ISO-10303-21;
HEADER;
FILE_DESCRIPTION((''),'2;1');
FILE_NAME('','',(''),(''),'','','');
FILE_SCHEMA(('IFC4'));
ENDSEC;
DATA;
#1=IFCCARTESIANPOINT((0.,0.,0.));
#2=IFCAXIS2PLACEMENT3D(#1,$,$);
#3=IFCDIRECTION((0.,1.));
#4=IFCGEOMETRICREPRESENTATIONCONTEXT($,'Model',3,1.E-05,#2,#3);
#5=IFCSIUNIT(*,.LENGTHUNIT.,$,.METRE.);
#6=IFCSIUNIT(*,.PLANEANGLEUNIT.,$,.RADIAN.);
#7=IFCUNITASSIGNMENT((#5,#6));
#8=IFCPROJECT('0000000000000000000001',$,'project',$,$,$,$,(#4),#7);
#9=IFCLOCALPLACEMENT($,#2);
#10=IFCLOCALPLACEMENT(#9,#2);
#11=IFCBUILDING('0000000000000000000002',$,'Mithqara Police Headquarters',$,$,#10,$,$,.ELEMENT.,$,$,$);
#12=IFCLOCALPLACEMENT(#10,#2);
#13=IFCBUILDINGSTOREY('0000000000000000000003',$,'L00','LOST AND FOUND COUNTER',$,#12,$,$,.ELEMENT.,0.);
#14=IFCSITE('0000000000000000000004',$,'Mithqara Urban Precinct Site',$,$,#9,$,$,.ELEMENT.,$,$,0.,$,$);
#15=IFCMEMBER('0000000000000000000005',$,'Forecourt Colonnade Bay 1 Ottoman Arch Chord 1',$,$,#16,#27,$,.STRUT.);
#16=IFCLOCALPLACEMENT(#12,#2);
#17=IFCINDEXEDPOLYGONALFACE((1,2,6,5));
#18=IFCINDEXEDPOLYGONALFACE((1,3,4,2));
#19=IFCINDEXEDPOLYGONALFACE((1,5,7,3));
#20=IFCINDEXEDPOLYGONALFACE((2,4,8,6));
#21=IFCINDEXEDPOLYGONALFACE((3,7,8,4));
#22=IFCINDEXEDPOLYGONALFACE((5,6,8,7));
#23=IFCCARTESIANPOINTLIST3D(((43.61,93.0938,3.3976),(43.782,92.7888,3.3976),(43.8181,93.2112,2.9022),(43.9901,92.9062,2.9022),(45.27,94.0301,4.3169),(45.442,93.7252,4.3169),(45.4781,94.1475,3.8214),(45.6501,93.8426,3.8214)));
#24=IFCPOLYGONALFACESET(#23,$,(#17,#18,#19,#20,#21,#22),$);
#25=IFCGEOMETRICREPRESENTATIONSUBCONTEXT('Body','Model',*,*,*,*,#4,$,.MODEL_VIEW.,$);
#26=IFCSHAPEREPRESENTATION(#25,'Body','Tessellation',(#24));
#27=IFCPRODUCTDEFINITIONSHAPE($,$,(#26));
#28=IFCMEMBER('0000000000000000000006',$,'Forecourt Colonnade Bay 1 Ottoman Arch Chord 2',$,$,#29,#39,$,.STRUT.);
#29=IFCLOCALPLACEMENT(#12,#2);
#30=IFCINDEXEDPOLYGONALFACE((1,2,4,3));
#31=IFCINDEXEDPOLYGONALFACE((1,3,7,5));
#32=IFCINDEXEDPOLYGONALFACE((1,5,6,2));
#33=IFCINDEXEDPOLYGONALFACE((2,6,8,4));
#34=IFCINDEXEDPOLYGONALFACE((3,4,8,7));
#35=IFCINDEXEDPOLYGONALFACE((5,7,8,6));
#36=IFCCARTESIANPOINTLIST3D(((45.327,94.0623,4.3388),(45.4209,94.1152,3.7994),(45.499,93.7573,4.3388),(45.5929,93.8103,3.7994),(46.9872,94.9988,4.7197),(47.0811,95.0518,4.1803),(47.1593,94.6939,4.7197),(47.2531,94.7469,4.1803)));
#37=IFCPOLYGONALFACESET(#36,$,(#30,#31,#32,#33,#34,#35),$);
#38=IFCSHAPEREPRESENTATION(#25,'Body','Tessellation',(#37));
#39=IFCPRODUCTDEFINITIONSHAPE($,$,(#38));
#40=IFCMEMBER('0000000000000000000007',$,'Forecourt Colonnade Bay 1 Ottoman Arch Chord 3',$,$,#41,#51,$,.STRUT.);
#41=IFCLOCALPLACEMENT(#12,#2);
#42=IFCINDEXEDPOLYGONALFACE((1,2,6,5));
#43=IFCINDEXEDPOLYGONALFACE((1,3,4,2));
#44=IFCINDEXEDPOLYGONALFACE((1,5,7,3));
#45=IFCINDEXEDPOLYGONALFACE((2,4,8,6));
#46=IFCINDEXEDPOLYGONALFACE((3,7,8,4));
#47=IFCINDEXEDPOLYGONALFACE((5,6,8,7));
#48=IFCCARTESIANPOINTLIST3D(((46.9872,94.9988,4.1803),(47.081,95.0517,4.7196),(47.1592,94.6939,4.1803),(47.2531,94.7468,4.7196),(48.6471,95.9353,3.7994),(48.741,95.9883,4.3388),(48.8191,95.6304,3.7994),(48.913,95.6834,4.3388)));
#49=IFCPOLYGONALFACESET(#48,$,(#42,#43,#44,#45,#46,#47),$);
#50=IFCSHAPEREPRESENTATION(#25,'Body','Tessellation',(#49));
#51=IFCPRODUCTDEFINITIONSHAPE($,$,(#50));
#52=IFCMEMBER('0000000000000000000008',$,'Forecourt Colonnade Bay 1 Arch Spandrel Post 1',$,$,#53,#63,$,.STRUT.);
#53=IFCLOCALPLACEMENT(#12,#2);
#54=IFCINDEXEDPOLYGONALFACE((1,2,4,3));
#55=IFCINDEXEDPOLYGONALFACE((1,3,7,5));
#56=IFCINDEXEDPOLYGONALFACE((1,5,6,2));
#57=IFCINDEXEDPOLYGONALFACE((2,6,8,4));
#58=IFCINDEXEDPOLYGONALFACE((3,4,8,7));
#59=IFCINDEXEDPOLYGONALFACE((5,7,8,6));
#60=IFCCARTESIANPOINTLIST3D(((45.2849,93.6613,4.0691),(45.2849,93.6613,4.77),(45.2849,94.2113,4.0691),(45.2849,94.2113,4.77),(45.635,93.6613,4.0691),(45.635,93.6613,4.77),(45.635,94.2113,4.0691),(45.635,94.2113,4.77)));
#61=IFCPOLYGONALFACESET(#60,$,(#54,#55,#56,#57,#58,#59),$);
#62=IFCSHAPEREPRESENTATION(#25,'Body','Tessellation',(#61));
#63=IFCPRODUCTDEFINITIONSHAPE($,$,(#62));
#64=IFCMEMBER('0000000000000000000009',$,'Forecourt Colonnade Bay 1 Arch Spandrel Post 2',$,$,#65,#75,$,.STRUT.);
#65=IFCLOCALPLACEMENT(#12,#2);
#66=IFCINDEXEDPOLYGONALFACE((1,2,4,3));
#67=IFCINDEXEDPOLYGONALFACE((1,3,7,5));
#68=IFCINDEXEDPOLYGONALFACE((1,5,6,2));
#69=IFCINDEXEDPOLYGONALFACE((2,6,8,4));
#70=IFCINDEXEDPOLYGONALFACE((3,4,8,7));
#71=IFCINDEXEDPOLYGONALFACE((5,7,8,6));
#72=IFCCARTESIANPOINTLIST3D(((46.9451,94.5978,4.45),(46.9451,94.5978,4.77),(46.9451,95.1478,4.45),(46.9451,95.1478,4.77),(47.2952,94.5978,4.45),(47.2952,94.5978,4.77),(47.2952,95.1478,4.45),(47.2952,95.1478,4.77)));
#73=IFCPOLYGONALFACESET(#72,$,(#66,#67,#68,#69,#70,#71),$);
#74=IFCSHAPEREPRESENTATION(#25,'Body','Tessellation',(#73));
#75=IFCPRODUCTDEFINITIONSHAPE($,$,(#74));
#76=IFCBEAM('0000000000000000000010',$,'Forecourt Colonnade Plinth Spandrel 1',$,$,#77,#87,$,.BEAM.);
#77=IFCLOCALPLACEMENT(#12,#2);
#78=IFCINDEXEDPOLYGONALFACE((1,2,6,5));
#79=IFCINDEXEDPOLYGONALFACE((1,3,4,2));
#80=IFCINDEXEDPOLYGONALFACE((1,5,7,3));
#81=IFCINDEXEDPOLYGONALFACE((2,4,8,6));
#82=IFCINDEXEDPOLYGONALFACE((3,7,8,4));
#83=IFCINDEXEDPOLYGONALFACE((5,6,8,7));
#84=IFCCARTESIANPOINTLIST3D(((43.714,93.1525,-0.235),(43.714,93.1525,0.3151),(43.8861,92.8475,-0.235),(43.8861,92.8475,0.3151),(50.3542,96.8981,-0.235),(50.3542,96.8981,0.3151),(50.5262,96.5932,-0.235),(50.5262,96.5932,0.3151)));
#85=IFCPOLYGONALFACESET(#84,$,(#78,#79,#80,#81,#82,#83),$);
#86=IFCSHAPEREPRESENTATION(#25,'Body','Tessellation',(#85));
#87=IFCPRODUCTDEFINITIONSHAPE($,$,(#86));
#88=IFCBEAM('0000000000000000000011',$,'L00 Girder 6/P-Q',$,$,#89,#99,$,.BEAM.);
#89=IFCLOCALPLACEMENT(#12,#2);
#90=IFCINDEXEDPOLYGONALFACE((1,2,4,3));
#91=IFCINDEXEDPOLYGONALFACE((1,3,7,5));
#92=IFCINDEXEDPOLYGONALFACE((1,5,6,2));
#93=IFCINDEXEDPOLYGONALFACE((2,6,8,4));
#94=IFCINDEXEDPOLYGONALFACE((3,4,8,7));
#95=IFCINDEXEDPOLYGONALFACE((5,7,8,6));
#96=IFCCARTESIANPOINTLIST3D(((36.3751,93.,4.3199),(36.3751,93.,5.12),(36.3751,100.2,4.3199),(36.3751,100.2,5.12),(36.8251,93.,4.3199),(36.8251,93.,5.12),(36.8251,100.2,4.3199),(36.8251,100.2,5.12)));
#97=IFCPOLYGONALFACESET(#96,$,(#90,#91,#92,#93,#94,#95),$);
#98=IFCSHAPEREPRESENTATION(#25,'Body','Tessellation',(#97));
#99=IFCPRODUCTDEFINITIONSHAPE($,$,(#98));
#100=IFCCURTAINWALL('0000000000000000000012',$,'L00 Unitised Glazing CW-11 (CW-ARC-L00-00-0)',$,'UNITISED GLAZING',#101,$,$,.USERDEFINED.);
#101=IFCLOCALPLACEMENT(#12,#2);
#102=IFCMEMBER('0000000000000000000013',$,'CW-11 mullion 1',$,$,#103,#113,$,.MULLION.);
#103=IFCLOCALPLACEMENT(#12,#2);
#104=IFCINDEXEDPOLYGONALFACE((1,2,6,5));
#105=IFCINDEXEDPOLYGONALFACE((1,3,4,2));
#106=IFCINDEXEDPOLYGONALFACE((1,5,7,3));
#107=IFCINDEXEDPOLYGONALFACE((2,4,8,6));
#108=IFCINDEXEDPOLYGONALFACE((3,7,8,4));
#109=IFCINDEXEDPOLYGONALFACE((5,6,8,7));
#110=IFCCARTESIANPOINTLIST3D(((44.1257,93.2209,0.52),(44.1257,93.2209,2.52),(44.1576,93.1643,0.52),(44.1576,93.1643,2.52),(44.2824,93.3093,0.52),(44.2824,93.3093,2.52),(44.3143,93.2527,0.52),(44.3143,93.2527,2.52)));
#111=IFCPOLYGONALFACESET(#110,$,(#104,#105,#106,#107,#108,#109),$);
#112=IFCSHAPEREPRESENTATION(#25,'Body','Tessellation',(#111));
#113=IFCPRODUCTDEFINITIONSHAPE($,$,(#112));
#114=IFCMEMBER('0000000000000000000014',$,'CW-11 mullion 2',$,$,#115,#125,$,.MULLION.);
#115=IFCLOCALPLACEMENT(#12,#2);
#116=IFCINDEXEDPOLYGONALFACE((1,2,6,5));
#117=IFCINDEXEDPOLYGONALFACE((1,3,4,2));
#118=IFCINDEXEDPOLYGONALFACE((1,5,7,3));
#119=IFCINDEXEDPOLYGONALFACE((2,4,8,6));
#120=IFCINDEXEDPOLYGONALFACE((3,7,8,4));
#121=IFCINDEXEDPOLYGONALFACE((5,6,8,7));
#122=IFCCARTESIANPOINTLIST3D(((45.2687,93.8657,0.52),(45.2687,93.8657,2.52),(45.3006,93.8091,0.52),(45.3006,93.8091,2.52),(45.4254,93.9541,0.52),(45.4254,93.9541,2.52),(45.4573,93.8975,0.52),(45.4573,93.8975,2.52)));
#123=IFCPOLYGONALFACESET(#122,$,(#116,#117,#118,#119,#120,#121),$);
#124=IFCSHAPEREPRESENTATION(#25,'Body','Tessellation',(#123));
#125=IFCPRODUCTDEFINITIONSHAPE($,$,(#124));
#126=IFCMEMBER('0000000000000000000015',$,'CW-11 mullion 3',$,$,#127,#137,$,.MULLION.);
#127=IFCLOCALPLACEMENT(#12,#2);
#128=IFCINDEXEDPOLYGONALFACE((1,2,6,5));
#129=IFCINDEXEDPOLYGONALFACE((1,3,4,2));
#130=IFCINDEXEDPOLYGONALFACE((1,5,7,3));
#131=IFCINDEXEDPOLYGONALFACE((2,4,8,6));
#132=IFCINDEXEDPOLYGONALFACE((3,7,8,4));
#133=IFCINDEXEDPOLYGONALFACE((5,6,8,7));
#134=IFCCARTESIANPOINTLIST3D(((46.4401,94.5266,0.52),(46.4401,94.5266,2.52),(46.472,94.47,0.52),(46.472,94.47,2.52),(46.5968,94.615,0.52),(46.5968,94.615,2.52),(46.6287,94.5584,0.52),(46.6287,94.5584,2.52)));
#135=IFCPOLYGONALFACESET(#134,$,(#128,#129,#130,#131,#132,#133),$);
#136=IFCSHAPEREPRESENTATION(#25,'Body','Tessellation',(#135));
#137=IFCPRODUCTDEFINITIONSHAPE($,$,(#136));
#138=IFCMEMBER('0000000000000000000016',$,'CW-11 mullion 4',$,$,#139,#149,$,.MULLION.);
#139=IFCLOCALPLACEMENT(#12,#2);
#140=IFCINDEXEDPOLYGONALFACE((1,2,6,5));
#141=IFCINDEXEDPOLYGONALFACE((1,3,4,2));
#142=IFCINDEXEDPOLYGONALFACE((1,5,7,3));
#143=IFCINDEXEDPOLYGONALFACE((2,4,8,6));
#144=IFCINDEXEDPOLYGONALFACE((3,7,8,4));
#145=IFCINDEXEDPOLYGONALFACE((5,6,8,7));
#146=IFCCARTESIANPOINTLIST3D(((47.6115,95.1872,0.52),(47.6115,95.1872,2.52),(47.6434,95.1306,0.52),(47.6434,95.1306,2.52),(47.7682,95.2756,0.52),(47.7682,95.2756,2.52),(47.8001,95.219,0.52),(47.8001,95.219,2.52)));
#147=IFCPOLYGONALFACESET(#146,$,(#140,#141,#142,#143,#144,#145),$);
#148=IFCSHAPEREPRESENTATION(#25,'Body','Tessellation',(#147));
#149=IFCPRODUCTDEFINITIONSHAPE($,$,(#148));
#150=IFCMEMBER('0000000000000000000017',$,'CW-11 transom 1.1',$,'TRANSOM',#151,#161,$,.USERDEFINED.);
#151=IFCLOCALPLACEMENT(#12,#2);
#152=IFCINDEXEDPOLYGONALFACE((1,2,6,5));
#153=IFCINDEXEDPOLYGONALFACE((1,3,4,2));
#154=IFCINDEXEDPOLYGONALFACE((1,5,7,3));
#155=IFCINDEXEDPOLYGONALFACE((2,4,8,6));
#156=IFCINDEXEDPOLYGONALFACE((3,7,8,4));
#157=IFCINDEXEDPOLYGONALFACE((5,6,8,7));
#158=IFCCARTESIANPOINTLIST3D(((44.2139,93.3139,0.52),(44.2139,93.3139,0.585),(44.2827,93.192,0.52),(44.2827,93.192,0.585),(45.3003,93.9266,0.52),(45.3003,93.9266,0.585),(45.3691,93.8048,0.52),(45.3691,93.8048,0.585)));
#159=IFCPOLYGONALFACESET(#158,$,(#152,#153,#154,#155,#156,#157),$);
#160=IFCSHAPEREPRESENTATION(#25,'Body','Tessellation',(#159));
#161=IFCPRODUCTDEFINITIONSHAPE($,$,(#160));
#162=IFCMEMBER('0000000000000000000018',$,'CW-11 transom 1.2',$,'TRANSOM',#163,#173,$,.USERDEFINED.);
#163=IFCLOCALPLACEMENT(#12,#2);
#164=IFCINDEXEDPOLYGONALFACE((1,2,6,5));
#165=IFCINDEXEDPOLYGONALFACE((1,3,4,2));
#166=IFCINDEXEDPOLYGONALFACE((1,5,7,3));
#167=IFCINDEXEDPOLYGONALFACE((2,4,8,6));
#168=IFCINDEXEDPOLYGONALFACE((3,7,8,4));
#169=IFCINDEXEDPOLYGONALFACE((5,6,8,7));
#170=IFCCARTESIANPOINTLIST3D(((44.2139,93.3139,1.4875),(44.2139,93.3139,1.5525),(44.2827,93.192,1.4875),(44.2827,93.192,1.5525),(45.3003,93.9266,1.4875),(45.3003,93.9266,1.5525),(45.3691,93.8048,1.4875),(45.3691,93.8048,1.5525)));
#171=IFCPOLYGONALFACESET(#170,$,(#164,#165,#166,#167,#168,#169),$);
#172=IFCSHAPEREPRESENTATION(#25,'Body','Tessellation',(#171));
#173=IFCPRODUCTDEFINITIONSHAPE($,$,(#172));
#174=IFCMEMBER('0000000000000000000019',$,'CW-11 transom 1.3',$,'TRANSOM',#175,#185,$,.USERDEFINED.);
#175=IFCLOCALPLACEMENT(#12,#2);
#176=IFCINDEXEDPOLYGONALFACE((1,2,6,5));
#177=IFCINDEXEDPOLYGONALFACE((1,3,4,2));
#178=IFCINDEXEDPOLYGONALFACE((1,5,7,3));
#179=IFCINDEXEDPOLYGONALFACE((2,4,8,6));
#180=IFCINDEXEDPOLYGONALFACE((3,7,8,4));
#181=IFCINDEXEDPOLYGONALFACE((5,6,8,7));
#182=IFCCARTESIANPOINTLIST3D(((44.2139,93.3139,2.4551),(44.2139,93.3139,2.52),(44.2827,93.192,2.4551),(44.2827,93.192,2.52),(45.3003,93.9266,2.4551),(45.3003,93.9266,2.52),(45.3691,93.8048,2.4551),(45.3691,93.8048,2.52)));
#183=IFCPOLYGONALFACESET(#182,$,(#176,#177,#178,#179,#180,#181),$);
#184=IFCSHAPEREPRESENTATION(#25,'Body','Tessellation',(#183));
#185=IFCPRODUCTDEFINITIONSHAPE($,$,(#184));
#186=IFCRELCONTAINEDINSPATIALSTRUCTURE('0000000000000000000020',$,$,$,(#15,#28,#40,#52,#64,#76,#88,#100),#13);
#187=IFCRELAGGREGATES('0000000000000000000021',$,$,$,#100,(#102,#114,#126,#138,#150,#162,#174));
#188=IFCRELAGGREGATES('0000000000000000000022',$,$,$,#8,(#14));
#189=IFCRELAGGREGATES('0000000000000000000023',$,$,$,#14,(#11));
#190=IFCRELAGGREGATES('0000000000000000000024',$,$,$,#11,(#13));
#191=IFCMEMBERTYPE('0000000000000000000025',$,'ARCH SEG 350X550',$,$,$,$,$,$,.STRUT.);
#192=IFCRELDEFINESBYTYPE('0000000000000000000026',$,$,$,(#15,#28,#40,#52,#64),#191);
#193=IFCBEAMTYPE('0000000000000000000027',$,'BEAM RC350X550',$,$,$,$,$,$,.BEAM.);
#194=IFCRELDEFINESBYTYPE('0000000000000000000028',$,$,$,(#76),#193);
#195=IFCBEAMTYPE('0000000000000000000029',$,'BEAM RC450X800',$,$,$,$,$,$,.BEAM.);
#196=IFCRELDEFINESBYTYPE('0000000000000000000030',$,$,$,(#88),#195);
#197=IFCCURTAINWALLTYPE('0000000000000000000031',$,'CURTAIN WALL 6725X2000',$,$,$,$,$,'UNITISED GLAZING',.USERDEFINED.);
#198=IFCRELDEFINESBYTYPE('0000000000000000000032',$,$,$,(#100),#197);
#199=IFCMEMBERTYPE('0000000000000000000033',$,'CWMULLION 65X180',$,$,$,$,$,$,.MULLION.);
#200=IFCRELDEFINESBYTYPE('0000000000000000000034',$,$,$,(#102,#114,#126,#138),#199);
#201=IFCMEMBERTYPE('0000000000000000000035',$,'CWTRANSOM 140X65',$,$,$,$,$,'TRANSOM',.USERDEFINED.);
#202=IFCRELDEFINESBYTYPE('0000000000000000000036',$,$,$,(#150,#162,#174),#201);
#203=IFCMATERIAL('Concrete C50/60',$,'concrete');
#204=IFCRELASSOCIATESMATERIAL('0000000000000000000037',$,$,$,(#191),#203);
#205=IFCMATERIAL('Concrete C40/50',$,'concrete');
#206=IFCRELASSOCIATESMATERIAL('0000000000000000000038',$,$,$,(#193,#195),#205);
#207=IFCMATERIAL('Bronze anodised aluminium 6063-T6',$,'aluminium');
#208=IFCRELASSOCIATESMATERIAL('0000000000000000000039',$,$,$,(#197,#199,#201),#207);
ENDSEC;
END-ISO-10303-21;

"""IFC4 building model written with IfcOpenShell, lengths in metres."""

from ifc_helpers import new_model, si_unit, direction, frame, origin, origin_2d, place, context, subcontext, project, spatial, rectangle, extrude, material, material_profile, profile_set, type_object, element, aggregate, save


model = new_model("IFC4")

# Units and contexts
model_context = context("Model", 3, precision=1e-05, world=origin(), true_north=direction((0.0, 1.0)))
body_context = subcontext(model_context, "Body", "Model", "MODEL_VIEW")
ifc_project = project(units=[si_unit("LENGTHUNIT", "METRE"), si_unit("PLANEANGLEUNIT", "RADIAN")], contexts=[model_context])

# Site, building, storey
site_placement = place(None, origin())
site = spatial("IfcSite", under=ifc_project, at=site_placement, Name="Mithqara Urban Precinct Site", CompositionType="ELEMENT", RefElevation=0.0)
building_placement = place(site_placement, origin())
building = spatial("IfcBuilding", under=site, at=building_placement, Name="Mithqara Police Headquarters", CompositionType="ELEMENT")
storey_placement = place(building_placement, origin())
storey = spatial("IfcBuildingStorey", under=building, at=storey_placement, Name="L00", Description="LOST AND FOUND COUNTER", CompositionType="ELEMENT", Elevation=0.0)

# Shared definitions
ifc_material_1 = material(Name="Concrete C40/50", Category="concrete")

# Shared definitions
ifc_material_2 = material(Name="Concrete C50/60", Category="concrete")

# Members
ifc_material_profile_1 = material_profile(ifc_material_2, rectangle(XDim=0.3501, YDim=0.55, at=origin_2d()), Name="ARC 350x550")
ifc_profile_set_1 = profile_set([ifc_material_profile_1], Name="Concrete C50/60")
member_type_1 = type_object("IfcMemberType", Name="ARCH SEG 350X550", PredefinedType="STRUT", material=ifc_profile_set_1)
member_1_placement = place(storey_placement, frame((43.8, 93.0, 3.1499), z_axis=(0.784512, 0.442507, 0.43443), x_axis=(-0.491289, 0.870997, 0.0)))
element("IfcMember", 1, at=member_1_placement, inside=storey, type_object=member_type_1, Name="Forecourt Colonnade Bay 1 Ottoman Arch Chord 1", PredefinedType="STRUT", context=body_context, shape_type="SweptSolid", body=[
    extrude(rectangle(XDim=0.3501, YDim=0.55, at=origin_2d()), origin(), (0.0, 0.0, 1.0), 2.116),
])
member_2_placement = place(storey_placement, frame((45.46, 93.9363, 4.0691), z_axis=(0.85409, 0.481807, 0.195938), x_axis=(-0.491331, 0.870973, 0.0)))
element("IfcMember", 2, at=member_2_placement, inside=storey, type_object=member_type_1, Name="Forecourt Colonnade Bay 1 Ottoman Arch Chord 2", PredefinedType="STRUT", context=body_context, shape_type="SweptSolid", body=[
    extrude(rectangle(XDim=0.3501, YDim=0.55, at=origin_2d()), origin(), (0.0, 0.0, 1.0), 1.9438),
])
member_3_placement = place(storey_placement, frame((47.1201, 94.8728, 4.45), z_axis=(0.854056, 0.481859, -0.195959), x_axis=(-0.491386, 0.870942, 0.0)))
element("IfcMember", 3, at=member_3_placement, inside=storey, type_object=member_type_1, Name="Forecourt Colonnade Bay 1 Ottoman Arch Chord 3", PredefinedType="STRUT", context=body_context, shape_type="SweptSolid", body=[
    extrude(rectangle(XDim=0.3501, YDim=0.55, at=origin_2d()), origin(), (0.0, 0.0, 1.0), 1.9436),
])
member_4_placement = place(storey_placement, frame((45.46, 93.9363, 4.0691), z_axis=(0.0, 0.0, 1.0), x_axis=(1.0, 0.0, 0.0)))
element("IfcMember", 4, at=member_4_placement, inside=storey, type_object=member_type_1, Name="Forecourt Colonnade Bay 1 Arch Spandrel Post 1", PredefinedType="STRUT", context=body_context, shape_type="SweptSolid", body=[
    extrude(rectangle(XDim=0.3501, YDim=0.55, at=origin_2d()), origin(), (0.0, 0.0, 1.0), 0.7009),
])
member_5_placement = place(storey_placement, frame((47.1201, 94.8728, 4.45), z_axis=(0.0, 0.0, 1.0), x_axis=(1.0, 0.0, 0.0)))
element("IfcMember", 5, at=member_5_placement, inside=storey, type_object=member_type_1, Name="Forecourt Colonnade Bay 1 Arch Spandrel Post 2", PredefinedType="STRUT", context=body_context, shape_type="SweptSolid", body=[
    extrude(rectangle(XDim=0.3501, YDim=0.55, at=origin_2d()), origin(), (0.0, 0.0, 1.0), 0.3201),
])

# Beams
ifc_material_profile_2 = material_profile(ifc_material_1, rectangle(XDim=0.3501, YDim=0.55, at=origin_2d()), Name="RC 350x550")
ifc_profile_set_2 = profile_set([ifc_material_profile_2], Name="Concrete C40/50")
beam_type_1 = type_object("IfcBeamType", Name="BEAM RC350X550", PredefinedType="BEAM", material=ifc_profile_set_2)
beam_1_placement = place(storey_placement, frame((43.8, 93.0, 0.04), z_axis=(0.870985, 0.49131, 0.0), x_axis=(-0.49131, 0.870985, 0.0)))
element("IfcBeam", 6, at=beam_1_placement, inside=storey, type_object=beam_type_1, Name="Forecourt Colonnade Plinth Spandrel 1", PredefinedType="BEAM", context=body_context, shape_type="SweptSolid", body=[
    extrude(rectangle(XDim=0.3501, YDim=0.55, at=origin_2d()), origin(), (0.0, 0.0, 1.0), 7.6238),
])
ifc_material_profile_3 = material_profile(ifc_material_1, rectangle(XDim=0.45, YDim=0.8, at=origin_2d()), Name="RC 450x800")
ifc_profile_set_3 = profile_set([ifc_material_profile_3], Name="Concrete C40/50")
beam_type_2 = type_object("IfcBeamType", Name="BEAM RC450X800", PredefinedType="BEAM", material=ifc_profile_set_3)
beam_2_placement = place(storey_placement, frame((36.6001, 93.0, 4.72), z_axis=(0.0, 1.0, 0.0), x_axis=(-1.0, 0.0, 0.0)))
element("IfcBeam", 7, at=beam_2_placement, inside=storey, type_object=beam_type_2, Name="L00 Girder 6/P-Q", PredefinedType="BEAM", context=body_context, shape_type="SweptSolid", body=[
    extrude(rectangle(XDim=0.45, YDim=0.8, at=origin_2d()), origin(), (0.0, 0.0, 1.0), 7.2),
])

# Curtain wall, members
ifc_material_3 = material(Name="Bronze anodised aluminium 6063-T6", Category="aluminium")
curtain_wall_type = type_object("IfcCurtainWallType", Name="CURTAIN WALL 6725X2000", ElementType="UNITISED GLAZING", PredefinedType="USERDEFINED", material=ifc_material_3)
curtain_wall_placement = place(storey_placement, origin())
curtain_wall = element("IfcCurtainWall", 8, at=curtain_wall_placement, inside=storey, type_object=curtain_wall_type, Name="L00 Unitised Glazing CW-11 (CW-ARC-L00-00-0)", ObjectType="UNITISED GLAZING", PredefinedType="USERDEFINED")
ifc_material_profile_4 = material_profile(ifc_material_3, rectangle(XDim=0.0649, YDim=0.1799, at=origin_2d()), Name="CWM 65x180")
ifc_profile_set_4 = profile_set([ifc_material_profile_4], Name="Bronze anodised aluminium 6063-T6")
member_type_2 = type_object("IfcMemberType", Name="CWMULLION 65X180", PredefinedType="MULLION", material=ifc_profile_set_4)
member_6_placement = place(storey_placement, frame((44.22, 93.2368, 0.52), z_axis=(0.0, 0.0, 1.0), x_axis=(-0.491316, 0.870982, 0.0)))
member_6 = element("IfcMember", 9, at=member_6_placement, type_object=member_type_2, Name="CW-11 mullion 1", PredefinedType="MULLION", context=body_context, shape_type="SweptSolid", body=[
    extrude(rectangle(XDim=0.0649, YDim=0.1799, at=origin_2d()), origin(), (0.0, 0.0, 1.0), 2.0),
])
member_7_placement = place(storey_placement, frame((45.363, 93.8816, 0.52), z_axis=(0.0, 0.0, 1.0), x_axis=(-0.491316, 0.870982, 0.0)))
member_7 = element("IfcMember", 10, at=member_7_placement, type_object=member_type_2, Name="CW-11 mullion 2", PredefinedType="MULLION", context=body_context, shape_type="SweptSolid", body=[
    extrude(rectangle(XDim=0.0649, YDim=0.1799, at=origin_2d()), origin(), (0.0, 0.0, 1.0), 2.0),
])
member_8_placement = place(storey_placement, frame((46.5344, 94.5425, 0.52), z_axis=(0.0, 0.0, 1.0), x_axis=(-0.491316, 0.870982, 0.0)))
member_8 = element("IfcMember", 11, at=member_8_placement, type_object=member_type_2, Name="CW-11 mullion 3", PredefinedType="MULLION", context=body_context, shape_type="SweptSolid", body=[
    extrude(rectangle(XDim=0.0649, YDim=0.1799, at=origin_2d()), origin(), (0.0, 0.0, 1.0), 2.0),
])
member_9_placement = place(storey_placement, frame((47.7058, 95.2031, 0.52), z_axis=(0.0, 0.0, 1.0), x_axis=(-0.491316, 0.870982, 0.0)))
member_9 = element("IfcMember", 12, at=member_9_placement, type_object=member_type_2, Name="CW-11 mullion 4", PredefinedType="MULLION", context=body_context, shape_type="SweptSolid", body=[
    extrude(rectangle(XDim=0.0649, YDim=0.1799, at=origin_2d()), origin(), (0.0, 0.0, 1.0), 2.0),
])
ifc_material_profile_5 = material_profile(ifc_material_3, rectangle(XDim=0.1399, YDim=0.0649, at=origin_2d()), Name="CWT 140x65")
ifc_profile_set_5 = profile_set([ifc_material_profile_5], Name="Bronze anodised aluminium 6063-T6")
member_type_3 = type_object("IfcMemberType", Name="CWTRANSOM 140X65", ElementType="TRANSOM", PredefinedType="USERDEFINED", material=ifc_profile_set_5)
member_10_placement = place(storey_placement, frame((44.2483, 93.2529, 0.5525), z_axis=(0.871, 0.491283, 0.0), x_axis=(-0.491283, 0.871, 0.0)))
member_10 = element("IfcMember", 13, at=member_10_placement, type_object=member_type_3, Name="CW-11 transom 1.1", ObjectType="TRANSOM", PredefinedType="USERDEFINED", context=body_context, shape_type="SweptSolid", body=[
    extrude(rectangle(XDim=0.1399, YDim=0.0649, at=origin_2d()), origin(), (0.0, 0.0, 1.0), 1.2473),
])
member_11_placement = place(storey_placement, frame((44.2483, 93.2529, 1.52), z_axis=(0.871, 0.491283, 0.0), x_axis=(-0.491283, 0.871, 0.0)))
member_11 = element("IfcMember", 14, at=member_11_placement, type_object=member_type_3, Name="CW-11 transom 1.2", ObjectType="TRANSOM", PredefinedType="USERDEFINED", context=body_context, shape_type="SweptSolid", body=[
    extrude(rectangle(XDim=0.1399, YDim=0.0649, at=origin_2d()), origin(), (0.0, 0.0, 1.0), 1.2473),
])
member_12_placement = place(storey_placement, frame((44.2483, 93.2529, 2.4875), z_axis=(0.871, 0.491283, 0.0), x_axis=(-0.491283, 0.871, 0.0)))
member_12 = element("IfcMember", 15, at=member_12_placement, type_object=member_type_3, Name="CW-11 transom 1.3", ObjectType="TRANSOM", PredefinedType="USERDEFINED", context=body_context, shape_type="SweptSolid", body=[
    extrude(rectangle(XDim=0.1399, YDim=0.0649, at=origin_2d()), origin(), (0.0, 0.0, 1.0), 1.2473),
])

aggregate(curtain_wall, [member_6, member_7, member_8, member_9, member_10, member_11, member_12])

save(model, "model.ifc")
